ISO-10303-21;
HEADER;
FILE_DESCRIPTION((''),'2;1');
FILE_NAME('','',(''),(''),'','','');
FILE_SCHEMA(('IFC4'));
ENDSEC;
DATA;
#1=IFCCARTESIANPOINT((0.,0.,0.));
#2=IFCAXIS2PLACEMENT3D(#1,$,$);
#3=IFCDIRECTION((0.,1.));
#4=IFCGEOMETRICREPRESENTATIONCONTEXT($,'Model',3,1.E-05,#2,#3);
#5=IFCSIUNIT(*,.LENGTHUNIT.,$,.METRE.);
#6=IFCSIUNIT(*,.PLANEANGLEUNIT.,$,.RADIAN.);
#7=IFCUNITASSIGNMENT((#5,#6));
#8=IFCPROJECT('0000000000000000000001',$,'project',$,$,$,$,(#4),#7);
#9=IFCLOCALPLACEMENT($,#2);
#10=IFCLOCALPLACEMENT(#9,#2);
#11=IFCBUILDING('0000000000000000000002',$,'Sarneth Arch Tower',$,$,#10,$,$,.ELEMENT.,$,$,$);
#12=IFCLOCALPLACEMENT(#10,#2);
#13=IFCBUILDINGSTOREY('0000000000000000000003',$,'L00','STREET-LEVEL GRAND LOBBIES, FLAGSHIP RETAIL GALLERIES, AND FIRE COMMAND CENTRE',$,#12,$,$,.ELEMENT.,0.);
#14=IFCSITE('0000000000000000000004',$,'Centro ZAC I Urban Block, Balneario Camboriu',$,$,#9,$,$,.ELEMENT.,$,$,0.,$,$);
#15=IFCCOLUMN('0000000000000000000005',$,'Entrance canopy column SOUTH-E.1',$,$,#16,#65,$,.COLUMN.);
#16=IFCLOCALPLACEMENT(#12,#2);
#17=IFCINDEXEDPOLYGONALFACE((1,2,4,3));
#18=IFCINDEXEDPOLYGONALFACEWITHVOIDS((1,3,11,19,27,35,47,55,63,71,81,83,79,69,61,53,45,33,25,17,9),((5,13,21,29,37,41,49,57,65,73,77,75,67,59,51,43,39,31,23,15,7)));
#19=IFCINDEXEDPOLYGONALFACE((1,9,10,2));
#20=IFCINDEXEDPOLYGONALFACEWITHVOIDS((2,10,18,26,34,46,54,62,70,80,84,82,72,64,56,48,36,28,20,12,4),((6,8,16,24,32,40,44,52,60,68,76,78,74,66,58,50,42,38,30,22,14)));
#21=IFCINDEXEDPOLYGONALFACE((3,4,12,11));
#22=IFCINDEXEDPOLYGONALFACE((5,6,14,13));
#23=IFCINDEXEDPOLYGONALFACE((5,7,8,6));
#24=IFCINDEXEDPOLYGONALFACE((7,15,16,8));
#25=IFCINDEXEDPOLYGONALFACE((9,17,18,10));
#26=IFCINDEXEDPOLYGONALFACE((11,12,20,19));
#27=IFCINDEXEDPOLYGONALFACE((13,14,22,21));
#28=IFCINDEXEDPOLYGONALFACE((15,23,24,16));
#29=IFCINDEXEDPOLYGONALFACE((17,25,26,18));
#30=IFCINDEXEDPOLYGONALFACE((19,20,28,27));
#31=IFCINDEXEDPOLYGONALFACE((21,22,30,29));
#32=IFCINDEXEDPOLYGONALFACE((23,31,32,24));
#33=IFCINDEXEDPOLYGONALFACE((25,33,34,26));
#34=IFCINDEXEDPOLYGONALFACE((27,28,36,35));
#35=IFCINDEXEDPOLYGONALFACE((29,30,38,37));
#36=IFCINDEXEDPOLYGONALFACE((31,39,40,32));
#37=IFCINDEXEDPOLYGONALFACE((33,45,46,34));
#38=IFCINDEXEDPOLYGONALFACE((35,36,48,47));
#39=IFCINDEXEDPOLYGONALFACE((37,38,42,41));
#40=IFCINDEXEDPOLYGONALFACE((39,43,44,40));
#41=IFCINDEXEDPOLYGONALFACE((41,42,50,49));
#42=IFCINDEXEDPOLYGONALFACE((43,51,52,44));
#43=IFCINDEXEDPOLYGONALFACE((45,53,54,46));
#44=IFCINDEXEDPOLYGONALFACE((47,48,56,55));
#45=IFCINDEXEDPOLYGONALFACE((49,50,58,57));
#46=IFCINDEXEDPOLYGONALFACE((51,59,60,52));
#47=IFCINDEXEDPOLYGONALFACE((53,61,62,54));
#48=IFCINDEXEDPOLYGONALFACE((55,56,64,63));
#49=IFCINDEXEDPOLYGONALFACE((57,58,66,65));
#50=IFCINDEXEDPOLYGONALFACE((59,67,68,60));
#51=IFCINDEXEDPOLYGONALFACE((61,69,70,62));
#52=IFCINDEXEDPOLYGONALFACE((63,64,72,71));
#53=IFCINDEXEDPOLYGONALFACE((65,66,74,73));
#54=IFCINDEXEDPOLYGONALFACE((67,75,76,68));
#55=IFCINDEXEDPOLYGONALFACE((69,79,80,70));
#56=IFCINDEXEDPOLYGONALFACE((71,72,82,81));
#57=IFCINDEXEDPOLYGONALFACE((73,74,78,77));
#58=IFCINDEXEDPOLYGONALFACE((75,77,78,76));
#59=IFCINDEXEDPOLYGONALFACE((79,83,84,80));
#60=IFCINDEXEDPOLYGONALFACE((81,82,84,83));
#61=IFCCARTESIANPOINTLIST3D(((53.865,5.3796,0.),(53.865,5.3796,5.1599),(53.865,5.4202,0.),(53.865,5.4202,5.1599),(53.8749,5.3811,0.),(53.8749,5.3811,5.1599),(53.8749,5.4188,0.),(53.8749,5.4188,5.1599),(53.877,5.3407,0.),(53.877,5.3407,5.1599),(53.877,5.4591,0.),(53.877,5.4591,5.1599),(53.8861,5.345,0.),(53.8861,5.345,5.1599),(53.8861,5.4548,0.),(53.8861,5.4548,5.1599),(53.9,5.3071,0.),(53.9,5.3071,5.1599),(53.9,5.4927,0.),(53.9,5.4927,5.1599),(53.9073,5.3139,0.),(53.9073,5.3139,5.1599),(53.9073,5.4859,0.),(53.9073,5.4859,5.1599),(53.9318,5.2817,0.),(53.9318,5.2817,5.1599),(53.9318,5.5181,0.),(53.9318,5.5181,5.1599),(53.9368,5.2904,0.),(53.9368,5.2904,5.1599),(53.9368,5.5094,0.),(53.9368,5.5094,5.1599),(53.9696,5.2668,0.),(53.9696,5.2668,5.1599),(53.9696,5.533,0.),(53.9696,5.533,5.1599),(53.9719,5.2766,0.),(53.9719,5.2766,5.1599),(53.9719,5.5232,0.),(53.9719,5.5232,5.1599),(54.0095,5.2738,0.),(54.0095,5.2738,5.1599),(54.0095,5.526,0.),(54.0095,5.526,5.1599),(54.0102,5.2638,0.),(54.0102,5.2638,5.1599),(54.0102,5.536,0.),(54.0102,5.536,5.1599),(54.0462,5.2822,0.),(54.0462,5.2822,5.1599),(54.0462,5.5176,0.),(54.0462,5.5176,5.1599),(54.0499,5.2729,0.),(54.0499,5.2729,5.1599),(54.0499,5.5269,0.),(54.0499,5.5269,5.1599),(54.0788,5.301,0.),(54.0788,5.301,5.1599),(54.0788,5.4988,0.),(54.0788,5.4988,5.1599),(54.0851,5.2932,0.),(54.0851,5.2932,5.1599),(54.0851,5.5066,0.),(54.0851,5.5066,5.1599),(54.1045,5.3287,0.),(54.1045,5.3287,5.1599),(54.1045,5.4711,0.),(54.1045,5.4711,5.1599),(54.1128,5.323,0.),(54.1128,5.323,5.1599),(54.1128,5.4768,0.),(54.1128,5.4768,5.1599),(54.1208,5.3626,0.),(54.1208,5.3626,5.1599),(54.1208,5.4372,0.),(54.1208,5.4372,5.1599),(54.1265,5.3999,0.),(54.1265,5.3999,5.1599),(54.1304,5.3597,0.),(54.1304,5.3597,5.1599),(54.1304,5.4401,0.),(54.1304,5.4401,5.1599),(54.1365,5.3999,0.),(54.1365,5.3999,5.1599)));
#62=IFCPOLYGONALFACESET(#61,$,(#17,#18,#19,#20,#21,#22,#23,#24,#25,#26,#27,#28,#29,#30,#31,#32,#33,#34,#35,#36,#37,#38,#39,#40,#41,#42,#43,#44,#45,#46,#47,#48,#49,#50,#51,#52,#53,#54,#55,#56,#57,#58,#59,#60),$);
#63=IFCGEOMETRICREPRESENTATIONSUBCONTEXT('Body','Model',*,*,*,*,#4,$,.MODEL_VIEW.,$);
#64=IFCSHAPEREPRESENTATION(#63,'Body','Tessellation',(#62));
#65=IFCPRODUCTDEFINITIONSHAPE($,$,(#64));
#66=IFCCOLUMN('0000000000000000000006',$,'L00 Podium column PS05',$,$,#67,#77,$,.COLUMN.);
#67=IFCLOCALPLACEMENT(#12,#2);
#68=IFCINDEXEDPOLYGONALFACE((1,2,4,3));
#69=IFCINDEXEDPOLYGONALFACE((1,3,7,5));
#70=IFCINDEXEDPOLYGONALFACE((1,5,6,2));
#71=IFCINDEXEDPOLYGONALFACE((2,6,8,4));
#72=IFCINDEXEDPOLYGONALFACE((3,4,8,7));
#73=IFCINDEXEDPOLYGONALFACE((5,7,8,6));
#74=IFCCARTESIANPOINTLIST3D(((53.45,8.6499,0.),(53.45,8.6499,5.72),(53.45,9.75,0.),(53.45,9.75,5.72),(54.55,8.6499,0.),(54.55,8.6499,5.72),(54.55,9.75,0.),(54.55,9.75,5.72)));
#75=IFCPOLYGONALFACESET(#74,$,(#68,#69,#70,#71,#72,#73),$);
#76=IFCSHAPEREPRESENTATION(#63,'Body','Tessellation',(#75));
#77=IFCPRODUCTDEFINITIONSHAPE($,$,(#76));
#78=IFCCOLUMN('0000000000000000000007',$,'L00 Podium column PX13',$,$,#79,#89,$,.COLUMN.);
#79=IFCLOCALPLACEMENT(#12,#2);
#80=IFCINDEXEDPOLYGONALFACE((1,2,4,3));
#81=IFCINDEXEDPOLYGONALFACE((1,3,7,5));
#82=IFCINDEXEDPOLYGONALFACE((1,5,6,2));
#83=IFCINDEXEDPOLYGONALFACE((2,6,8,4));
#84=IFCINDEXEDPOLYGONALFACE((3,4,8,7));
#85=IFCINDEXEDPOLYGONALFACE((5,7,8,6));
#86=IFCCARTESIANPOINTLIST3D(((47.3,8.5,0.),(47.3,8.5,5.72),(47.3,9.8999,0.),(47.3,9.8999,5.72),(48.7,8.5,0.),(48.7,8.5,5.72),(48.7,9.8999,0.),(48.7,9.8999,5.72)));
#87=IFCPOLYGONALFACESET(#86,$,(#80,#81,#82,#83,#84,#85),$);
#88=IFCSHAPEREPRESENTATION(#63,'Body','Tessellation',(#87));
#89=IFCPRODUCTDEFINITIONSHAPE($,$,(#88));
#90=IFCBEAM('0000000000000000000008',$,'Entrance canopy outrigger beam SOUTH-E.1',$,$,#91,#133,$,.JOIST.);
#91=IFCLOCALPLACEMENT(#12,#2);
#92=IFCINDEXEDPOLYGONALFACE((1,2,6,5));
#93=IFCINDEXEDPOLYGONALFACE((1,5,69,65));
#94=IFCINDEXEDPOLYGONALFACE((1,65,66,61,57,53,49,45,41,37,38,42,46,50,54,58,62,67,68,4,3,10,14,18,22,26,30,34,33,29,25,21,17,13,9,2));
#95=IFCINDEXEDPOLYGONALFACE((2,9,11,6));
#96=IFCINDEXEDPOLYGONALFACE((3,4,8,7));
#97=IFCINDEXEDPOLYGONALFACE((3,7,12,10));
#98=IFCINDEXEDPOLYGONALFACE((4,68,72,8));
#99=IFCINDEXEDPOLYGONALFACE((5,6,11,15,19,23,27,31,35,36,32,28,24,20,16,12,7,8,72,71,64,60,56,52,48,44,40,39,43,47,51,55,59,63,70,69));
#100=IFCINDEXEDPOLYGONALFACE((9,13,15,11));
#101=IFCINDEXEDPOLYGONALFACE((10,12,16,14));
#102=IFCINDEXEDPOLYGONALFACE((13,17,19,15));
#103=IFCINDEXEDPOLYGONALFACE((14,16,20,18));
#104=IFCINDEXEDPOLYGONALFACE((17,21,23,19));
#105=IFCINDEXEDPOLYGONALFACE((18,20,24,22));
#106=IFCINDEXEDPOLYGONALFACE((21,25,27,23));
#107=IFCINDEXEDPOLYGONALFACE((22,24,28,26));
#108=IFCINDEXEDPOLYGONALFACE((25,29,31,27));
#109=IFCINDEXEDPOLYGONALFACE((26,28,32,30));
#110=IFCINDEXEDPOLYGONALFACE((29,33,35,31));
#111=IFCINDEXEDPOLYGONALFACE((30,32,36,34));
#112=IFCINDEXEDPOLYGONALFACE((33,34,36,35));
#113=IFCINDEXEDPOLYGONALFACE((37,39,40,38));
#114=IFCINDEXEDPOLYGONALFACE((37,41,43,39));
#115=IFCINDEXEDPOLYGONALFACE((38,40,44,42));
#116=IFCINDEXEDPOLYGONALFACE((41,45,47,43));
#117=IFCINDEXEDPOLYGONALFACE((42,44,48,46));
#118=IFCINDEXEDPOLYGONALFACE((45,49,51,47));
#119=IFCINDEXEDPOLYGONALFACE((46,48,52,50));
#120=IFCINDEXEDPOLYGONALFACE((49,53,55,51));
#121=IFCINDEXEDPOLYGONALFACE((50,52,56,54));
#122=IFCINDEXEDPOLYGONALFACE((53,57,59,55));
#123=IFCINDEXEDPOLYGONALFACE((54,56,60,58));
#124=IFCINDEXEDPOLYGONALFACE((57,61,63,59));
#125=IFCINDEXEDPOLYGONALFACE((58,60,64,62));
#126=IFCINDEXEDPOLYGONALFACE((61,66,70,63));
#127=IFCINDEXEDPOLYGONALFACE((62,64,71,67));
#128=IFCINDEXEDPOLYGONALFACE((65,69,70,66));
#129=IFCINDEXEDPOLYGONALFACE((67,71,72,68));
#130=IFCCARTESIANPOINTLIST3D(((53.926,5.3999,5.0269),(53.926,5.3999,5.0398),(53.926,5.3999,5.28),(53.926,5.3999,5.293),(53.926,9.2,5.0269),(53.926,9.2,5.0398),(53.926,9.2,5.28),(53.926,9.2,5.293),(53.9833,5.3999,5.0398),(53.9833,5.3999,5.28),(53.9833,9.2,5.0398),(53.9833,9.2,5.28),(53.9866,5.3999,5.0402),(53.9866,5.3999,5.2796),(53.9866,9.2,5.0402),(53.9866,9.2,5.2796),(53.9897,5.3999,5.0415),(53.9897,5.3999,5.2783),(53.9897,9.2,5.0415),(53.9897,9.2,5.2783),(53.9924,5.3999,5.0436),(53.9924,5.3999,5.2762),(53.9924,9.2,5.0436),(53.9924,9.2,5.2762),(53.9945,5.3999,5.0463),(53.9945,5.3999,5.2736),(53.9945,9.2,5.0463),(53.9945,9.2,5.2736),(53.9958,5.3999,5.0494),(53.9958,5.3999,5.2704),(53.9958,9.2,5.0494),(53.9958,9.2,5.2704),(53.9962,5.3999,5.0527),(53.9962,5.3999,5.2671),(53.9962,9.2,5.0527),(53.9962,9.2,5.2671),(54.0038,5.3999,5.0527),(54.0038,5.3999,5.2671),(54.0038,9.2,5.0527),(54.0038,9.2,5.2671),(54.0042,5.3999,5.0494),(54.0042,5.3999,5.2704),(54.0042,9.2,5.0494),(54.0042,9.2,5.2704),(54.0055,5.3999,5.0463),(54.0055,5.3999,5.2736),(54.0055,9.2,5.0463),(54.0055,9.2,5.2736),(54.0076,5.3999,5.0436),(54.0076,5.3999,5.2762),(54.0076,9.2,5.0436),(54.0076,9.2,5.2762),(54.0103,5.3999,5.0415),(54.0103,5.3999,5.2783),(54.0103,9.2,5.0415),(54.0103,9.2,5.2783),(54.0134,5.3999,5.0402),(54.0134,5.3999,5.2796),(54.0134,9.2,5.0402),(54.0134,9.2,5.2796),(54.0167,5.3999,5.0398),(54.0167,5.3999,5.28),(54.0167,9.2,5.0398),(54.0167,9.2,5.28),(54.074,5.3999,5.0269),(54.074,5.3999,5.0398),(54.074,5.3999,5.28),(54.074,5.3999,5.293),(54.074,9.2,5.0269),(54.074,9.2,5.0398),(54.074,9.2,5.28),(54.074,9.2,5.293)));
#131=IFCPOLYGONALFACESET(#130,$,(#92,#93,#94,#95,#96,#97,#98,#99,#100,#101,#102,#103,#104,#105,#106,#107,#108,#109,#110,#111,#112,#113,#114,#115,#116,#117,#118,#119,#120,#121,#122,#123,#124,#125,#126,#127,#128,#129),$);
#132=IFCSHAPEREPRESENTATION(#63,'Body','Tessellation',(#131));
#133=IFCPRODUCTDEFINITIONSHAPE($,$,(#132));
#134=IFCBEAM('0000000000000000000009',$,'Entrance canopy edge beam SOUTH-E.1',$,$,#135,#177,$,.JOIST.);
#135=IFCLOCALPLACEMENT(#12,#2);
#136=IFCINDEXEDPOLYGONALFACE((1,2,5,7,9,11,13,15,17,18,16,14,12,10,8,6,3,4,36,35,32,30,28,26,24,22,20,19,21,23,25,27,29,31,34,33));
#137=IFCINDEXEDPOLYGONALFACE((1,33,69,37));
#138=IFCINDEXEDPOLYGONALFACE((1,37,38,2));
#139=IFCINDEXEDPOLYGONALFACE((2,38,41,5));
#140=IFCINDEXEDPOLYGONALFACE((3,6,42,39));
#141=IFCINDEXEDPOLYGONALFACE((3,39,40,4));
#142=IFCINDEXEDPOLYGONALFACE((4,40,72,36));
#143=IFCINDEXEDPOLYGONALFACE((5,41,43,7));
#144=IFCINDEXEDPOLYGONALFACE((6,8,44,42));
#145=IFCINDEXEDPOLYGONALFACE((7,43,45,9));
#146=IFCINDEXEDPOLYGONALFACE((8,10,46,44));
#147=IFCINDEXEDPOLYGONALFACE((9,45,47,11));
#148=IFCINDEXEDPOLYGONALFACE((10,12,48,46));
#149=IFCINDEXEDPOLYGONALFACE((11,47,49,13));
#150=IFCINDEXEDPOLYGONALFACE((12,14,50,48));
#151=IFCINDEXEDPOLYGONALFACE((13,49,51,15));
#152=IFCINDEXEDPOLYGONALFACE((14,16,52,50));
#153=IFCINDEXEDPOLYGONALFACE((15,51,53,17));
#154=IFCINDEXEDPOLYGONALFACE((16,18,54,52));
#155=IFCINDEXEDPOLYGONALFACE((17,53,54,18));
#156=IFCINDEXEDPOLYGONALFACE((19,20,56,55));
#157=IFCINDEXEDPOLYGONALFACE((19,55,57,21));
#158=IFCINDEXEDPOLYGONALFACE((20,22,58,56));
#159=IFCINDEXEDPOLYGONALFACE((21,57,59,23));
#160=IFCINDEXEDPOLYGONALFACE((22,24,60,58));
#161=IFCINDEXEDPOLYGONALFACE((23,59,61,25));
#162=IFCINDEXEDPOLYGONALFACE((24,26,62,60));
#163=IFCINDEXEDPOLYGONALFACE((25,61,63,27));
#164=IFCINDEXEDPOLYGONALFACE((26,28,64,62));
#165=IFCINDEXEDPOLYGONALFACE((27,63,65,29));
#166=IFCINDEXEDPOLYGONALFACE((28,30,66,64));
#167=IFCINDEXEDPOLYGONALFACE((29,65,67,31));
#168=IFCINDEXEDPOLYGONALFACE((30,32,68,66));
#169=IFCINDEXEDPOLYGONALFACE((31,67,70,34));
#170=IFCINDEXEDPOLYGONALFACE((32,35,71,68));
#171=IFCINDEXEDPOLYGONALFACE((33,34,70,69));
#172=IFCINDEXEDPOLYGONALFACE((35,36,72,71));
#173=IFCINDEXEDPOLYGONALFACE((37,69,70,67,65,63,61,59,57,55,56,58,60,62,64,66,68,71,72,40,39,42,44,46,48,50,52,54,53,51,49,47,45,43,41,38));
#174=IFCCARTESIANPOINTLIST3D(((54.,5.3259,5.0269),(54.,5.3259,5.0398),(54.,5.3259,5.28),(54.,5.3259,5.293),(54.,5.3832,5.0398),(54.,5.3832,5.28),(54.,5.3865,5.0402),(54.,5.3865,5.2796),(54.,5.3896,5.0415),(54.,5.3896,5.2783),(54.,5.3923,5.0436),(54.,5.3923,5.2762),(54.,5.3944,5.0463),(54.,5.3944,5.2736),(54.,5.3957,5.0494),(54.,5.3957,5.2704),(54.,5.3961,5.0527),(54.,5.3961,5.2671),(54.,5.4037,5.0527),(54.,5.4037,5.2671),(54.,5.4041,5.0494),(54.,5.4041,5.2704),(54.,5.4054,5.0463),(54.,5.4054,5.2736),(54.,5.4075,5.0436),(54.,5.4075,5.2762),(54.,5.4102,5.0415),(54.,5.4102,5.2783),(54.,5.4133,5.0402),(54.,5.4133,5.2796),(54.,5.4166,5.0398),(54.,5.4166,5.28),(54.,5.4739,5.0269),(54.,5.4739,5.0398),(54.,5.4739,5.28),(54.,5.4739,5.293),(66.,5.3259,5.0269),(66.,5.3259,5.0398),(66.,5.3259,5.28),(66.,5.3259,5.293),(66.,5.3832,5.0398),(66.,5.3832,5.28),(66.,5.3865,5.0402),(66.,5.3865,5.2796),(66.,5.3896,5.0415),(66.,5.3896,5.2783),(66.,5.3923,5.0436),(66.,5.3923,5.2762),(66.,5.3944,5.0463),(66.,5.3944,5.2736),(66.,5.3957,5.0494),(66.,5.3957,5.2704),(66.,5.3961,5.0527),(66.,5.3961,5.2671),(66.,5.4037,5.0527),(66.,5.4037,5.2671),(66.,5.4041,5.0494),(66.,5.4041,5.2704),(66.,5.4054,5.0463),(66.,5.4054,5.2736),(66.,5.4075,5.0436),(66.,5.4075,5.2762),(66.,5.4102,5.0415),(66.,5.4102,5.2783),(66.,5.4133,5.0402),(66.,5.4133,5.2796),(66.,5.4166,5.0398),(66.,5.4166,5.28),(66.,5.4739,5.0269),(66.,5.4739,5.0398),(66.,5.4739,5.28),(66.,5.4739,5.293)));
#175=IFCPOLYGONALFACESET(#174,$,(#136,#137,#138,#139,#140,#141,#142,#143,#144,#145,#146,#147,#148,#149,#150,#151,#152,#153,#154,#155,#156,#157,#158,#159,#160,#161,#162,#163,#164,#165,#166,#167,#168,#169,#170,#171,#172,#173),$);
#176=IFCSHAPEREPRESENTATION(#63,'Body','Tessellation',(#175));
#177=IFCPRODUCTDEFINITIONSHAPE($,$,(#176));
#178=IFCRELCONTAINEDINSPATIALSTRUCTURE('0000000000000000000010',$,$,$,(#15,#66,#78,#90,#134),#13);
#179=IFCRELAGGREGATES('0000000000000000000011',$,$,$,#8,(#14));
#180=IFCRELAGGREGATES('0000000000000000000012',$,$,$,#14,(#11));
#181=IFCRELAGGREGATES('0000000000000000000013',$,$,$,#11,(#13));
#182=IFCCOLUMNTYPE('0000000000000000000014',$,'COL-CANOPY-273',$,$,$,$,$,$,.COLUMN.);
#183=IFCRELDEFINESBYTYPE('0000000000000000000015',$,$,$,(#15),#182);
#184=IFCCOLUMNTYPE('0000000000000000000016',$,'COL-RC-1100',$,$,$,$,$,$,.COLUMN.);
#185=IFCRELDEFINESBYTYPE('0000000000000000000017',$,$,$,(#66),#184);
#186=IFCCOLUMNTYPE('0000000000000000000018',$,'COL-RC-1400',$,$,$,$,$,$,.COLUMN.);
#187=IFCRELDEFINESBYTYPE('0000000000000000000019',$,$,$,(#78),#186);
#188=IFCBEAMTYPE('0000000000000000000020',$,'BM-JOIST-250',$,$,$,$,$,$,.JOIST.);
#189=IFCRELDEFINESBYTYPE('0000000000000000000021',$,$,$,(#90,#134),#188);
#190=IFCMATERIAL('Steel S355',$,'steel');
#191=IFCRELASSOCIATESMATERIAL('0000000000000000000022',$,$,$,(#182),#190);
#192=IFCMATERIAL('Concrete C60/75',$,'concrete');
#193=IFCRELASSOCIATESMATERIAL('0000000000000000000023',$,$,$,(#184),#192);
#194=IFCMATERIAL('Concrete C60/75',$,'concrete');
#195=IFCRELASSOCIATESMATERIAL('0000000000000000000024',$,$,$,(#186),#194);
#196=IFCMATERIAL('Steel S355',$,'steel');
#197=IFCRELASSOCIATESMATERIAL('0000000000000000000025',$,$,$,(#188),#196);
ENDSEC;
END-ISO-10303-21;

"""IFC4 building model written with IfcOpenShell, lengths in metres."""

from ifc_helpers import new_model, si_unit, direction, frame, origin, origin_2d, place, context, subcontext, project, spatial, rectangle, hollow_circle, i_section, extrude, material, material_profile, profile_set, type_object, element, save


model = new_model("IFC4")

# Units and contexts
model_context = context("Model", 3, precision=1e-05, world=origin(), true_north=direction((0.0, 1.0)))
body_context = subcontext(model_context, "Body", "Model", "MODEL_VIEW")
ifc_project = project(units=[si_unit("LENGTHUNIT", "METRE"), si_unit("PLANEANGLEUNIT", "RADIAN")], contexts=[model_context])

# Site, building, storey
site_placement = place(None, origin())
site = spatial("IfcSite", under=ifc_project, at=site_placement, Name="Centro ZAC I Urban Block, Balneario Camboriu", CompositionType="ELEMENT", RefElevation=0.0)
building_placement = place(site_placement, origin())
building = spatial("IfcBuilding", under=site, at=building_placement, Name="Sarneth Arch Tower", CompositionType="ELEMENT")
storey_placement = place(building_placement, origin())
storey = spatial("IfcBuildingStorey", under=building, at=storey_placement, Name="L00", Description="STREET-LEVEL GRAND LOBBIES, FLAGSHIP RETAIL GALLERIES, AND FIRE COMMAND CENTRE", CompositionType="ELEMENT", Elevation=0.0)

# Columns
ifc_material_1 = material(Name="Steel S355", Category="steel")
ifc_material_profile_1 = material_profile(ifc_material_1, hollow_circle(Radius=0.1365, WallThickness=0.01, at=origin_2d()), Name="CHS273x10")
ifc_profile_set_1 = profile_set([ifc_material_profile_1], Name="Steel S355")
column_type_1 = type_object("IfcColumnType", Name="COL-CANOPY-273", PredefinedType="COLUMN", material=ifc_profile_set_1)
column_1_placement = place(storey_placement, frame((54.0, 5.3999, 0.0), z_axis=(0.0, 0.0, 1.0), x_axis=(1.0, 0.0, 0.0)))
element("IfcColumn", 1, at=column_1_placement, inside=storey, type_object=column_type_1, Name="Entrance canopy column SOUTH-E.1", PredefinedType="COLUMN", context=body_context, shape_type="SweptSolid", body=[
    extrude(hollow_circle(Radius=0.1365, WallThickness=0.01, at=origin_2d()), origin(), (0.0, 0.0, 1.0), 5.1599),
])
ifc_material_2 = material(Name="Concrete C60/75", Category="concrete")
ifc_material_profile_2 = material_profile(ifc_material_2, rectangle(XDim=1.1001, YDim=1.1001, at=origin_2d()), Name="RC-1100x1100")
ifc_profile_set_2 = profile_set([ifc_material_profile_2], Name="Concrete C60/75")
column_type_2 = type_object("IfcColumnType", Name="COL-RC-1100", PredefinedType="COLUMN", material=ifc_profile_set_2)
column_2_placement = place(storey_placement, frame((54.0, 9.2, 0.0), z_axis=(0.0, 0.0, 1.0), x_axis=(1.0, 0.0, 0.0)))
element("IfcColumn", 2, at=column_2_placement, inside=storey, type_object=column_type_2, Name="L00 Podium column PS05", PredefinedType="COLUMN", context=body_context, shape_type="SweptSolid", body=[
    extrude(rectangle(XDim=1.1001, YDim=1.1001, at=origin_2d()), origin(), (0.0, 0.0, 1.0), 5.72),
])
ifc_material_3 = material(Name="Concrete C60/75", Category="concrete")
ifc_material_profile_3 = material_profile(ifc_material_3, rectangle(XDim=1.3999, YDim=1.3999, at=origin_2d()), Name="RC-1400x1400")
ifc_profile_set_3 = profile_set([ifc_material_profile_3], Name="Concrete C60/75")
column_type_3 = type_object("IfcColumnType", Name="COL-RC-1400", PredefinedType="COLUMN", material=ifc_profile_set_3)
column_3_placement = place(storey_placement, frame((48.0, 9.2, 0.0), z_axis=(0.0, 0.0, 1.0), x_axis=(1.0, 0.0, 0.0)))
element("IfcColumn", 3, at=column_3_placement, inside=storey, type_object=column_type_3, Name="L00 Podium column PX13", PredefinedType="COLUMN", context=body_context, shape_type="SweptSolid", body=[
    extrude(rectangle(XDim=1.3999, YDim=1.3999, at=origin_2d()), origin(), (0.0, 0.0, 1.0), 5.72),
])

# Beams
ifc_material_4 = material(Name="Steel S355", Category="steel")
ifc_material_profile_4 = material_profile(ifc_material_4, i_section(OverallWidth=0.1479, OverallDepth=0.2661, WebThickness=0.0076, FlangeThickness=0.0129, FilletRadius=0.0129, at=origin_2d()), Name="W250x44.8")
ifc_profile_set_4 = profile_set([ifc_material_profile_4], Name="Steel S355")
beam_type_1 = type_object("IfcBeamType", Name="BM-JOIST-250", PredefinedType="JOIST", material=ifc_profile_set_4)
beam_1_placement = place(storey_placement, frame((54.0, 9.2, 5.1599), z_axis=(0.0, -1.0, 0.0), x_axis=(1.0, 0.0, 0.0)))
element("IfcBeam", 4, at=beam_1_placement, inside=storey, type_object=beam_type_1, Name="Entrance canopy outrigger beam SOUTH-E.1", PredefinedType="JOIST", context=body_context, shape_type="SweptSolid", body=[
    extrude(i_section(OverallWidth=0.1479, OverallDepth=0.2661, WebThickness=0.0076, FlangeThickness=0.0129, FilletRadius=0.0129, at=origin_2d()), origin(), (0.0, 0.0, 1.0), 3.8),
])
beam_2_placement = place(storey_placement, frame((54.0, 5.3999, 5.1599), z_axis=(1.0, 0.0, 0.0), x_axis=(0.0, 1.0, 0.0)))
element("IfcBeam", 5, at=beam_2_placement, inside=storey, type_object=beam_type_1, Name="Entrance canopy edge beam SOUTH-E.1", PredefinedType="JOIST", context=body_context, shape_type="SweptSolid", body=[
    extrude(i_section(OverallWidth=0.1479, OverallDepth=0.2661, WebThickness=0.0076, FlangeThickness=0.0129, FilletRadius=0.0129, at=origin_2d()), origin(), (0.0, 0.0, 1.0), 12.0),
])

save(model, "model.ifc")
